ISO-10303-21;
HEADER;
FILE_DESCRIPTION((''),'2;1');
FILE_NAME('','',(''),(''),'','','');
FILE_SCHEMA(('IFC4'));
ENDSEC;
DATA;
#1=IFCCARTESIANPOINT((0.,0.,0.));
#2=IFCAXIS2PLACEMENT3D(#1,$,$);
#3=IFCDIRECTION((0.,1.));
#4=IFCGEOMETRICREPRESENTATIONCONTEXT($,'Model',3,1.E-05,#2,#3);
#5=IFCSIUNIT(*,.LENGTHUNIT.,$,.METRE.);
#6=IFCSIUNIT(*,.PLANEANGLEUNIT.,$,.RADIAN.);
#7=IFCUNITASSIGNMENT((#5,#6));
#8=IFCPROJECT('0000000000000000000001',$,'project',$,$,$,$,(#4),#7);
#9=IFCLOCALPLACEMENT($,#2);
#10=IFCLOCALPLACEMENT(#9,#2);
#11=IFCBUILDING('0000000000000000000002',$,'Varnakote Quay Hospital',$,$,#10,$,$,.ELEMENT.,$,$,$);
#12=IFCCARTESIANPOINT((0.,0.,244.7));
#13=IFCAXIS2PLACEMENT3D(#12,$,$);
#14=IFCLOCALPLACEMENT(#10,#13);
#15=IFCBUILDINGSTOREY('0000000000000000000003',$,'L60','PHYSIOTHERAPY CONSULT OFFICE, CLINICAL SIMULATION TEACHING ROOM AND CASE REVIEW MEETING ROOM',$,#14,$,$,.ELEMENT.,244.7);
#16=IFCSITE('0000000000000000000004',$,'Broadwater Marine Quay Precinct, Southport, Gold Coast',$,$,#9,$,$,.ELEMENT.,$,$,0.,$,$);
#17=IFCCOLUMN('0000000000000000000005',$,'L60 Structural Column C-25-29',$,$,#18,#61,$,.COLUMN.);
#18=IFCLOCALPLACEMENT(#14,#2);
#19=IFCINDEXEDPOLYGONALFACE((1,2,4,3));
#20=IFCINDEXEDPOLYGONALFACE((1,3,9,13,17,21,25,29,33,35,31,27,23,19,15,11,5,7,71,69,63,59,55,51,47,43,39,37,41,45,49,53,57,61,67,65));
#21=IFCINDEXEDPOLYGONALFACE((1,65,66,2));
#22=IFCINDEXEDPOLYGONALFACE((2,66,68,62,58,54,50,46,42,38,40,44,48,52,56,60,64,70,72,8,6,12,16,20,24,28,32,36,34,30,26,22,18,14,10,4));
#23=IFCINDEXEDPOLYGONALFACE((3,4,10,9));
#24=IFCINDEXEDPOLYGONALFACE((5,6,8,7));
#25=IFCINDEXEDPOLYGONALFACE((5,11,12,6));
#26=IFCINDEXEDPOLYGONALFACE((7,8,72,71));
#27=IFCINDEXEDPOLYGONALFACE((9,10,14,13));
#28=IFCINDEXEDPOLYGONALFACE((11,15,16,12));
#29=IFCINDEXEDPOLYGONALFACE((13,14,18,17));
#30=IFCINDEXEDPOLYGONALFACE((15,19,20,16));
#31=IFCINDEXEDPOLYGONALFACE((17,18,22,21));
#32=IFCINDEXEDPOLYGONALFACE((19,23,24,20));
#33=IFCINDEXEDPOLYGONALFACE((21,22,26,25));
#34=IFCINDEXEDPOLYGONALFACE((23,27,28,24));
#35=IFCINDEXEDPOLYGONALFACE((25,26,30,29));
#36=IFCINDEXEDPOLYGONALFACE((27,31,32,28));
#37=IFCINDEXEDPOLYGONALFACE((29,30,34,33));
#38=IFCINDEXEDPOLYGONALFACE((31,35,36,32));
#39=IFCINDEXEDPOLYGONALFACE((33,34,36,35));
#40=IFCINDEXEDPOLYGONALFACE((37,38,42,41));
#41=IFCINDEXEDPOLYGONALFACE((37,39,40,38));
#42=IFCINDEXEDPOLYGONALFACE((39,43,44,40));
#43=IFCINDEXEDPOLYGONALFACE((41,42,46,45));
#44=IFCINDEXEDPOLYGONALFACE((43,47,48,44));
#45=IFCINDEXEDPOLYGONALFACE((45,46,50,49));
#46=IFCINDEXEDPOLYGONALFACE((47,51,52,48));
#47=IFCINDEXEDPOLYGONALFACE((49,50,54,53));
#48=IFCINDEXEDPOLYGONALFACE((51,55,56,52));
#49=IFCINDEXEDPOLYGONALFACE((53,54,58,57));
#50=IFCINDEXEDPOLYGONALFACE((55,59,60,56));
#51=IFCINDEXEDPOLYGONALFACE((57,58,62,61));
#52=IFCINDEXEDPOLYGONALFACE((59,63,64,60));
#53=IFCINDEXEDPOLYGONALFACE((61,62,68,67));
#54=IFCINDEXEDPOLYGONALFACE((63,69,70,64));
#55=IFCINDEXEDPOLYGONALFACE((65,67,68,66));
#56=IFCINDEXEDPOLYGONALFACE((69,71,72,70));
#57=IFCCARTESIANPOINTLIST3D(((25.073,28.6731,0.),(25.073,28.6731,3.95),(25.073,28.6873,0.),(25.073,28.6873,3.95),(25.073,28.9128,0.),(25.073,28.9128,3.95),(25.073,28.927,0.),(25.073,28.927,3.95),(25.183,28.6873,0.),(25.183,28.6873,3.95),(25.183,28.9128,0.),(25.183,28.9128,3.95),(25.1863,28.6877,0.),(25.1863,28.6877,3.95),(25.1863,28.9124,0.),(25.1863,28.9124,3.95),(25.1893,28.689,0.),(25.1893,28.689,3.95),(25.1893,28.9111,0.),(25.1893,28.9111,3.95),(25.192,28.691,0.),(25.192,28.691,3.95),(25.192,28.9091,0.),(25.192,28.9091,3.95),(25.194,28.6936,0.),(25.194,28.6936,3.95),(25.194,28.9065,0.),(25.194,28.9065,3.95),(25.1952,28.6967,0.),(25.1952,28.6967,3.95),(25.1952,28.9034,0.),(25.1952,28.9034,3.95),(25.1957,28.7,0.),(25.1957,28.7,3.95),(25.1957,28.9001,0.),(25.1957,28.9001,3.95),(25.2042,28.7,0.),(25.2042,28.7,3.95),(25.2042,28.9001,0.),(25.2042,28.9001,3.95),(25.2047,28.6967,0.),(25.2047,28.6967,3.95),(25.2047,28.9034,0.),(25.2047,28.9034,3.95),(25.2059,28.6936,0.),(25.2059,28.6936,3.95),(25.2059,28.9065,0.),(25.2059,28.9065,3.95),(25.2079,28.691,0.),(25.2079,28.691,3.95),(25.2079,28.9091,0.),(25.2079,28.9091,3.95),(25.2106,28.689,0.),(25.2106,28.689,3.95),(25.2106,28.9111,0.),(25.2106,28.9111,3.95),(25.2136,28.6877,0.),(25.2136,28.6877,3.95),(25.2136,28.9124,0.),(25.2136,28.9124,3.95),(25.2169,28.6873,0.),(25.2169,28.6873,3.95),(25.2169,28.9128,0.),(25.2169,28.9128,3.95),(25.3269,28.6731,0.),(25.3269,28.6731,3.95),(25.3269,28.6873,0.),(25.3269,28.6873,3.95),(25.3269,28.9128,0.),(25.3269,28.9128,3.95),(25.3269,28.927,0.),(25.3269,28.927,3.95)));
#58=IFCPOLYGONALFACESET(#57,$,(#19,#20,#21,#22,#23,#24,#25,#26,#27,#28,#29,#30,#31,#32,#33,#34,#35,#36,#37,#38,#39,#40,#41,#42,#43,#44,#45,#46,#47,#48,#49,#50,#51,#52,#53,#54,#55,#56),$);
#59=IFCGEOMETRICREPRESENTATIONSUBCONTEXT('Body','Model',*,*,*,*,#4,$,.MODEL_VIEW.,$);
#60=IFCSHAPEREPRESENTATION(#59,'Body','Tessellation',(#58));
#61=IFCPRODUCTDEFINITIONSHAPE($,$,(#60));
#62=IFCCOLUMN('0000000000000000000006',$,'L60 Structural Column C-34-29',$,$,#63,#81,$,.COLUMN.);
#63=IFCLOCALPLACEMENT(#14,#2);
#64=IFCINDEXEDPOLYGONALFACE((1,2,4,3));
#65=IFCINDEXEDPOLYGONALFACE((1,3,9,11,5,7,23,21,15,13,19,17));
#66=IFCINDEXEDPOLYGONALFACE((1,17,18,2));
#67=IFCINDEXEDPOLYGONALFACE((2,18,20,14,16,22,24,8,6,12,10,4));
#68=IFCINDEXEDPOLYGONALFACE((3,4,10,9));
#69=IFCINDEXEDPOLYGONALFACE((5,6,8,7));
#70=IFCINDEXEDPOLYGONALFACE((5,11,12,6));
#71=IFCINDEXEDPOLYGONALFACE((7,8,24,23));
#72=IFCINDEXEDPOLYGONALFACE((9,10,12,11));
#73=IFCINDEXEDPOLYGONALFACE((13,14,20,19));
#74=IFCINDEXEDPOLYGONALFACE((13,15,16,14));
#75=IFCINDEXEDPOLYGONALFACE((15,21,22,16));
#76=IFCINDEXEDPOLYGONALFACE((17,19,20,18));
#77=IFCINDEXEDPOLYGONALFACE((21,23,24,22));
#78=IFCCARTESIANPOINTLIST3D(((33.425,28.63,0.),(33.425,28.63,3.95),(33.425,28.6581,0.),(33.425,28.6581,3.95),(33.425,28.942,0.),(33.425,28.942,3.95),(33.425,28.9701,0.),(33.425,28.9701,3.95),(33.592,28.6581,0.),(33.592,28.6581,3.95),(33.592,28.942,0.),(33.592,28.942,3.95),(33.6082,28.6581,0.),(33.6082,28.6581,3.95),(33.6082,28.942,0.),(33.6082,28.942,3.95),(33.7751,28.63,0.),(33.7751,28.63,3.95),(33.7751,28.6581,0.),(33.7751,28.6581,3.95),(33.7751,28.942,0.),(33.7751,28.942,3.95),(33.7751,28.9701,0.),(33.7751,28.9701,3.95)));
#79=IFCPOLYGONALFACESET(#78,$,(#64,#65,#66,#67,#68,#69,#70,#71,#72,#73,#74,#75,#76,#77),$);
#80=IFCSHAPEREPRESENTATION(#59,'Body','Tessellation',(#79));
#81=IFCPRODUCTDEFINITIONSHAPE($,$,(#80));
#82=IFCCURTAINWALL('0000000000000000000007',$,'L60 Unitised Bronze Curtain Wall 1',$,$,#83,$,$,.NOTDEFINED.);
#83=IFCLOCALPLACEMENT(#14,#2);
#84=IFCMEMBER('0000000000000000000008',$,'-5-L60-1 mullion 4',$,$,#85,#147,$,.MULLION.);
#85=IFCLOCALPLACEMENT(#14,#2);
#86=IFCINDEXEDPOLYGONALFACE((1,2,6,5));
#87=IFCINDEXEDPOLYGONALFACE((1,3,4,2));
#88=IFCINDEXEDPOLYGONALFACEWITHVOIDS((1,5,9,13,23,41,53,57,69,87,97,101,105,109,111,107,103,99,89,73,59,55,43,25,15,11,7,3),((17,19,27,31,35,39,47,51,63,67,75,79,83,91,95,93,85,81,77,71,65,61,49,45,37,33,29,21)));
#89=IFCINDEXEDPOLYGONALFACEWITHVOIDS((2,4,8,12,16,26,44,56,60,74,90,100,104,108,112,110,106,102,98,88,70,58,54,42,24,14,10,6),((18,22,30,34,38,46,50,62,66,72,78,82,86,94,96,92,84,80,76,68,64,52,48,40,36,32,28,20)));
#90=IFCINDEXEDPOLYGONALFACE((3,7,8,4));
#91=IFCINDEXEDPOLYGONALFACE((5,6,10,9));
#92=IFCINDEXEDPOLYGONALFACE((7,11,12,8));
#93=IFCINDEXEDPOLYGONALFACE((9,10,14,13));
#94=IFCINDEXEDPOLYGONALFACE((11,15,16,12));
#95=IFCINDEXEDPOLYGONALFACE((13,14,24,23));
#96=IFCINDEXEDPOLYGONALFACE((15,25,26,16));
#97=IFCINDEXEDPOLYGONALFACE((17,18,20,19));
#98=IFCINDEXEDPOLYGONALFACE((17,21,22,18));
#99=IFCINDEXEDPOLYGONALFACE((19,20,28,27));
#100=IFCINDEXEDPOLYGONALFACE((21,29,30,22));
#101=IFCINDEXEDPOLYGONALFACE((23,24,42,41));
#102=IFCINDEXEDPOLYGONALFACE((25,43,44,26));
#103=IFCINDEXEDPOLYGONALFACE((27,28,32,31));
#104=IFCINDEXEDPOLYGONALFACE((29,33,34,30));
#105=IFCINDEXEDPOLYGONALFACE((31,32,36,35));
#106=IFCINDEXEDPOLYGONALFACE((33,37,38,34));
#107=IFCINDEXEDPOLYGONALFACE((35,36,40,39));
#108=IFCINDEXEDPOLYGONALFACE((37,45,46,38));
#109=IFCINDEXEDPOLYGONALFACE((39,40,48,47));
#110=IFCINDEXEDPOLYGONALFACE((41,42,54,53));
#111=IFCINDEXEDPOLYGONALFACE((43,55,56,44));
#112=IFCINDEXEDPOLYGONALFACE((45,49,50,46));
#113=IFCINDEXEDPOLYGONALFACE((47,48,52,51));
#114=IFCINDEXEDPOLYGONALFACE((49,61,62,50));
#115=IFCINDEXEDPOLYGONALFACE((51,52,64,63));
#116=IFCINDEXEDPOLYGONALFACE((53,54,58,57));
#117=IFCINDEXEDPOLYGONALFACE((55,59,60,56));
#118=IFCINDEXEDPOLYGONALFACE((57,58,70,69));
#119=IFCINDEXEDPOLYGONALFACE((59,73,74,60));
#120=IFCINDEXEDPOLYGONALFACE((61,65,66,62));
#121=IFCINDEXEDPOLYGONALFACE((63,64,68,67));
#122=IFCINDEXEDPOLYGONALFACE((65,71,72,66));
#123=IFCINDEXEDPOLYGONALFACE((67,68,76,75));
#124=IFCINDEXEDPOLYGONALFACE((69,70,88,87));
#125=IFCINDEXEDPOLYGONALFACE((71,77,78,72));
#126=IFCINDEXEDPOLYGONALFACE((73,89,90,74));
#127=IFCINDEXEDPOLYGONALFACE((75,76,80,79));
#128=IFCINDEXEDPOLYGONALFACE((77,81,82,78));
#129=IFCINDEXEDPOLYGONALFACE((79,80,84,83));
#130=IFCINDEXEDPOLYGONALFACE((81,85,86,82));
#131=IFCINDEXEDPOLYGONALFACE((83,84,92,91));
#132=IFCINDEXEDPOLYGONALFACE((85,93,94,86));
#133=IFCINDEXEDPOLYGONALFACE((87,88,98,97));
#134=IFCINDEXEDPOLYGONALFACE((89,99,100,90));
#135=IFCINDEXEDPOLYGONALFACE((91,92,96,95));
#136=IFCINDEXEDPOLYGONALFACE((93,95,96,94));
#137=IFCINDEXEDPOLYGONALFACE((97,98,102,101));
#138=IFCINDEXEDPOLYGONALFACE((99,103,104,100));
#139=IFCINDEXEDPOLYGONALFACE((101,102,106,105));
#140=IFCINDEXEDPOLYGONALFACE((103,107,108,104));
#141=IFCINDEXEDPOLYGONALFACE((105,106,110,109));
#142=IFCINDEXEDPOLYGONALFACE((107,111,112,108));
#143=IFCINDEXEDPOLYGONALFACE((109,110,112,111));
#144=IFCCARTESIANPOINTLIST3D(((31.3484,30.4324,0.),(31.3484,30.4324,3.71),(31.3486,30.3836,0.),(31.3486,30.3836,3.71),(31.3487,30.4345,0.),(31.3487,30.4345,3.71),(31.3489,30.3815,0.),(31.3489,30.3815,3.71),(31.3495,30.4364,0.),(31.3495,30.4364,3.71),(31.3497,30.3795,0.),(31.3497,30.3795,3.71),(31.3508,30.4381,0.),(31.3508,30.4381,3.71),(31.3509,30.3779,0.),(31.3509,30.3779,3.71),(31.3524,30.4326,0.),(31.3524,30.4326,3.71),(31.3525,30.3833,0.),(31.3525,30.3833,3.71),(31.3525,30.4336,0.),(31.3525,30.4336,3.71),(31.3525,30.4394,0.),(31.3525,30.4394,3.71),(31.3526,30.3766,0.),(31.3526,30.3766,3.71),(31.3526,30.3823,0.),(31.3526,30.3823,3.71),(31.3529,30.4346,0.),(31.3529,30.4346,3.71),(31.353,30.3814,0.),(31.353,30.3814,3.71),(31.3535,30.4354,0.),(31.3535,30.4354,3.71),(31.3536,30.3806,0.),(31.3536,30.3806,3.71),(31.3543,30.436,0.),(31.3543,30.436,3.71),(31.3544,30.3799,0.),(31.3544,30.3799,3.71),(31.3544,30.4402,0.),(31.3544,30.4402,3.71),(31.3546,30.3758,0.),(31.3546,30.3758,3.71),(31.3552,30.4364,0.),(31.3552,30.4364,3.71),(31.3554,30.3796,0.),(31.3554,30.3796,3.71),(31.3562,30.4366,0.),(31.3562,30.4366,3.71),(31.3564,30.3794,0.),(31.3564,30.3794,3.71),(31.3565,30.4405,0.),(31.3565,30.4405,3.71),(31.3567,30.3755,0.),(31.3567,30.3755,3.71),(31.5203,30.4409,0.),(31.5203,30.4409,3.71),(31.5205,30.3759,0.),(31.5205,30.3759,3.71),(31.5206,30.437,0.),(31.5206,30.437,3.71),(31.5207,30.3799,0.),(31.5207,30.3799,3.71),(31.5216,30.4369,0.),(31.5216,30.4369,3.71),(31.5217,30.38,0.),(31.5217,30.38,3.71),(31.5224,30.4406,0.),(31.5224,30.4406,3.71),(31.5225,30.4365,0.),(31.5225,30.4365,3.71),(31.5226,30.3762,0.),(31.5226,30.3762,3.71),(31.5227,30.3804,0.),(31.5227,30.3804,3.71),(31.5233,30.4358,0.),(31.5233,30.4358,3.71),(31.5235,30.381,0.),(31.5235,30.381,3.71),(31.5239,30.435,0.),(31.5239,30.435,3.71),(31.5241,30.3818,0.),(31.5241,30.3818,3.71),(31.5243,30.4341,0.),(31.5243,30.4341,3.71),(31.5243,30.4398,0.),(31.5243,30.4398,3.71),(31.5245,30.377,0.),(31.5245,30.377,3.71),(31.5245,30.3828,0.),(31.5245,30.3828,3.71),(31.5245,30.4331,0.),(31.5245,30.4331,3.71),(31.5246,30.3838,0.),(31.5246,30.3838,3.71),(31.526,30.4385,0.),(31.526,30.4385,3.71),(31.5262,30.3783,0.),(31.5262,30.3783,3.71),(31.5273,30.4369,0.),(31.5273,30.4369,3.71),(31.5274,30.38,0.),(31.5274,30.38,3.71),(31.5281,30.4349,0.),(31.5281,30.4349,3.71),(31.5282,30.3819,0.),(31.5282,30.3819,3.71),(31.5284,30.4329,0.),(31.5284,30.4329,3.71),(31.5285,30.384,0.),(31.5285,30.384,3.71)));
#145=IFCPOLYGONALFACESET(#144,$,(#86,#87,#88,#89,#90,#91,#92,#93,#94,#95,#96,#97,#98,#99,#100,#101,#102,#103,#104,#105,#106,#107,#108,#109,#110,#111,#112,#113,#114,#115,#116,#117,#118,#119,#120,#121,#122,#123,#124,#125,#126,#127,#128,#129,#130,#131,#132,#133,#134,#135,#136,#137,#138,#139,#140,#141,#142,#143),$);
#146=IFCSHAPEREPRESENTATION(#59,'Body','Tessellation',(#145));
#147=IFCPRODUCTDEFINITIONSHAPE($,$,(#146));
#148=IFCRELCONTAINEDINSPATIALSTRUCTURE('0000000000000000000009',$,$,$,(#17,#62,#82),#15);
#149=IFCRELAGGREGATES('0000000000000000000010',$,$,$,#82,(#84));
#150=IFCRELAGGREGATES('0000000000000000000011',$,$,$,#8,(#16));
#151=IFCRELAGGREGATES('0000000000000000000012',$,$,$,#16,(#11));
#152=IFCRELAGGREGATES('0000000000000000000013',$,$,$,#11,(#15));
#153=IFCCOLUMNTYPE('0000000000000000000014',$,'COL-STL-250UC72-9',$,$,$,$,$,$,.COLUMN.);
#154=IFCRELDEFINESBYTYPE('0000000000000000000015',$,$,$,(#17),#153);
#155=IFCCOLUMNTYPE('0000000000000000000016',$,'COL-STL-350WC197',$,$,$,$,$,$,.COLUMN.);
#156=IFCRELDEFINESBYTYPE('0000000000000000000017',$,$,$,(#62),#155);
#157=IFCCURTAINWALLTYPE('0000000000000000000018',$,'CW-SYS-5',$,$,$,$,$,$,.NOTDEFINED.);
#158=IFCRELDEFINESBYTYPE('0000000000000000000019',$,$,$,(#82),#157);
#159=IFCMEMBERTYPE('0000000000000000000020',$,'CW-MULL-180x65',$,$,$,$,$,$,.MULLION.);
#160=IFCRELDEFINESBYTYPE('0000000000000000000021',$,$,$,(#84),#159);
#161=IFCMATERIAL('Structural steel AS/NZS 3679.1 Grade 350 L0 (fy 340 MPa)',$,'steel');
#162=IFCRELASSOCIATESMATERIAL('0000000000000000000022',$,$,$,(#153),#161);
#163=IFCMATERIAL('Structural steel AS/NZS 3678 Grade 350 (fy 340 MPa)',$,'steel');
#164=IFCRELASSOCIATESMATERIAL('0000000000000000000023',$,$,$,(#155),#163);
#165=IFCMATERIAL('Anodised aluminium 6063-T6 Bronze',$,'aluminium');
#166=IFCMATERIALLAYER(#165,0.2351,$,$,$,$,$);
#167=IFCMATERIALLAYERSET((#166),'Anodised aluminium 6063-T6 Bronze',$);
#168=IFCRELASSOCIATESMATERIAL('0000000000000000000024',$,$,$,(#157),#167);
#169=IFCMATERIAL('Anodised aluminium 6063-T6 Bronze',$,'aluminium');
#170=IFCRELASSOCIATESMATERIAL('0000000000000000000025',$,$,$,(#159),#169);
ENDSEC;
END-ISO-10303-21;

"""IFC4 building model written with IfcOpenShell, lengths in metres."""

from ifc_helpers import new_model, si_unit, direction, frame, origin, origin_2d, place, context, subcontext, project, spatial, hollow_rectangle, i_section, extrude, material, layer, layer_set, material_profile, profile_set, type_object, element, aggregate, save


model = new_model("IFC4")

# Units and contexts
model_context = context("Model", 3, precision=1e-05, world=origin(), true_north=direction((0.0, 1.0)))
body_context = subcontext(model_context, "Body", "Model", "MODEL_VIEW")
ifc_project = project(units=[si_unit("LENGTHUNIT", "METRE"), si_unit("PLANEANGLEUNIT", "RADIAN")], contexts=[model_context])

# Site, building, storey
site_placement = place(None, origin())
site = spatial("IfcSite", under=ifc_project, at=site_placement, Name="Broadwater Marine Quay Precinct, Southport, Gold Coast", CompositionType="ELEMENT", RefElevation=0.0)
building_placement = place(site_placement, origin())
building = spatial("IfcBuilding", under=site, at=building_placement, Name="Varnakote Quay Hospital", CompositionType="ELEMENT")
storey_placement = place(building_placement, frame((0.0, 0.0, 244.7)))
storey = spatial("IfcBuildingStorey", under=building, at=storey_placement, Name="L60", Description="PHYSIOTHERAPY CONSULT OFFICE, CLINICAL SIMULATION TEACHING ROOM AND CASE REVIEW MEETING ROOM", CompositionType="ELEMENT", Elevation=244.7)

# Columns
ifc_material_1 = material(Name="Structural steel AS/NZS 3679.1 Grade 350 L0 (fy 340 MPa)", Category="steel")
ifc_material_profile_1 = material_profile(ifc_material_1, i_section(OverallWidth=0.2539, OverallDepth=0.2539, WebThickness=0.0085, FlangeThickness=0.0142, FilletRadius=0.0127, at=origin_2d()), Name="250UC72.9")
ifc_profile_set_1 = profile_set([ifc_material_profile_1], Name="Structural steel AS/NZS 3679.1 Grade 350 L0 (fy 340 MPa)")
column_type_1 = type_object("IfcColumnType", Name="COL-STL-250UC72-9", PredefinedType="COLUMN", material=ifc_profile_set_1)
column_1_placement = place(storey_placement, frame((25.2, 28.8, 0.0), z_axis=(0.0, 0.0, 1.0), x_axis=(1.0, 0.0, 0.0)))
element("IfcColumn", 1, at=column_1_placement, inside=storey, type_object=column_type_1, Name="L60 Structural Column C-25-29", PredefinedType="COLUMN", context=body_context, shape_type="SweptSolid", body=[
    extrude(i_section(OverallWidth=0.2539, OverallDepth=0.2539, WebThickness=0.0085, FlangeThickness=0.0142, FilletRadius=0.0127, at=origin_2d()), origin(), (0.0, 0.0, 1.0), 3.95),
])
ifc_material_2 = material(Name="Structural steel AS/NZS 3678 Grade 350 (fy 340 MPa)", Category="steel")
ifc_material_profile_2 = material_profile(ifc_material_2, i_section(OverallWidth=0.3501, OverallDepth=0.3401, WebThickness=0.0161, FlangeThickness=0.0281, at=origin_2d()), Name="350WC197")
ifc_profile_set_2 = profile_set([ifc_material_profile_2], Name="Structural steel AS/NZS 3678 Grade 350 (fy 340 MPa)")
column_type_2 = type_object("IfcColumnType", Name="COL-STL-350WC197", PredefinedType="COLUMN", material=ifc_profile_set_2)
column_2_placement = place(storey_placement, frame((33.6001, 28.8, 0.0), z_axis=(0.0, 0.0, 1.0), x_axis=(1.0, 0.0, 0.0)))
element("IfcColumn", 2, at=column_2_placement, inside=storey, type_object=column_type_2, Name="L60 Structural Column C-34-29", PredefinedType="COLUMN", context=body_context, shape_type="SweptSolid", body=[
    extrude(i_section(OverallWidth=0.3501, OverallDepth=0.3401, WebThickness=0.0161, FlangeThickness=0.0281, at=origin_2d()), origin(), (0.0, 0.0, 1.0), 3.95),
])

# Curtain wall, member
ifc_material_3 = material(Name="Anodised aluminium 6063-T6 Bronze", Category="aluminium")
ifc_layer_1 = layer(ifc_material_3, 0.2351)
ifc_layer_set_1 = layer_set([ifc_layer_1], Name="Anodised aluminium 6063-T6 Bronze")
curtain_wall_type = type_object("IfcCurtainWallType", Name="CW-SYS-5", PredefinedType="NOTDEFINED", material=ifc_layer_set_1)
curtain_wall_1_placement = place(storey_placement, origin())
curtain_wall_1 = element("IfcCurtainWall", 3, at=curtain_wall_1_placement, inside=storey, type_object=curtain_wall_type, Name="L60 Unitised Bronze Curtain Wall 1", PredefinedType="NOTDEFINED")
ifc_material_4 = material(Name="Anodised aluminium 6063-T6 Bronze", Category="aluminium")
ifc_material_profile_3 = material_profile(ifc_material_4, hollow_rectangle(XDim=0.0649, YDim=0.1799, WallThickness=0.0039, InnerFilletRadius=0.0039, OuterFilletRadius=0.0081, at=origin_2d()), Name="CW-MULL-180x65")
ifc_profile_set_3 = profile_set([ifc_material_profile_3], Name="Anodised aluminium 6063-T6 Bronze")
member_type_1 = type_object("IfcMemberType", Name="CW-MULL-180x65", PredefinedType="MULLION", material=ifc_profile_set_3)
member_1_placement = place(storey_placement, frame((31.4385, 30.4082, 0.0), z_axis=(0.0, 0.0, 1.0), x_axis=(0.002604, -0.999997, 0.0)))
member_1 = element("IfcMember", 4, at=member_1_placement, type_object=member_type_1, Name="-5-L60-1 mullion 4", PredefinedType="MULLION", context=body_context, shape_type="SweptSolid", body=[
    extrude(hollow_rectangle(XDim=0.0649, YDim=0.1799, WallThickness=0.0039, InnerFilletRadius=0.0039, OuterFilletRadius=0.0081, at=origin_2d()), origin(), (0.0, 0.0, 1.0), 3.71),
])

aggregate(curtain_wall_1, [member_1])

save(model, "model.ifc")
